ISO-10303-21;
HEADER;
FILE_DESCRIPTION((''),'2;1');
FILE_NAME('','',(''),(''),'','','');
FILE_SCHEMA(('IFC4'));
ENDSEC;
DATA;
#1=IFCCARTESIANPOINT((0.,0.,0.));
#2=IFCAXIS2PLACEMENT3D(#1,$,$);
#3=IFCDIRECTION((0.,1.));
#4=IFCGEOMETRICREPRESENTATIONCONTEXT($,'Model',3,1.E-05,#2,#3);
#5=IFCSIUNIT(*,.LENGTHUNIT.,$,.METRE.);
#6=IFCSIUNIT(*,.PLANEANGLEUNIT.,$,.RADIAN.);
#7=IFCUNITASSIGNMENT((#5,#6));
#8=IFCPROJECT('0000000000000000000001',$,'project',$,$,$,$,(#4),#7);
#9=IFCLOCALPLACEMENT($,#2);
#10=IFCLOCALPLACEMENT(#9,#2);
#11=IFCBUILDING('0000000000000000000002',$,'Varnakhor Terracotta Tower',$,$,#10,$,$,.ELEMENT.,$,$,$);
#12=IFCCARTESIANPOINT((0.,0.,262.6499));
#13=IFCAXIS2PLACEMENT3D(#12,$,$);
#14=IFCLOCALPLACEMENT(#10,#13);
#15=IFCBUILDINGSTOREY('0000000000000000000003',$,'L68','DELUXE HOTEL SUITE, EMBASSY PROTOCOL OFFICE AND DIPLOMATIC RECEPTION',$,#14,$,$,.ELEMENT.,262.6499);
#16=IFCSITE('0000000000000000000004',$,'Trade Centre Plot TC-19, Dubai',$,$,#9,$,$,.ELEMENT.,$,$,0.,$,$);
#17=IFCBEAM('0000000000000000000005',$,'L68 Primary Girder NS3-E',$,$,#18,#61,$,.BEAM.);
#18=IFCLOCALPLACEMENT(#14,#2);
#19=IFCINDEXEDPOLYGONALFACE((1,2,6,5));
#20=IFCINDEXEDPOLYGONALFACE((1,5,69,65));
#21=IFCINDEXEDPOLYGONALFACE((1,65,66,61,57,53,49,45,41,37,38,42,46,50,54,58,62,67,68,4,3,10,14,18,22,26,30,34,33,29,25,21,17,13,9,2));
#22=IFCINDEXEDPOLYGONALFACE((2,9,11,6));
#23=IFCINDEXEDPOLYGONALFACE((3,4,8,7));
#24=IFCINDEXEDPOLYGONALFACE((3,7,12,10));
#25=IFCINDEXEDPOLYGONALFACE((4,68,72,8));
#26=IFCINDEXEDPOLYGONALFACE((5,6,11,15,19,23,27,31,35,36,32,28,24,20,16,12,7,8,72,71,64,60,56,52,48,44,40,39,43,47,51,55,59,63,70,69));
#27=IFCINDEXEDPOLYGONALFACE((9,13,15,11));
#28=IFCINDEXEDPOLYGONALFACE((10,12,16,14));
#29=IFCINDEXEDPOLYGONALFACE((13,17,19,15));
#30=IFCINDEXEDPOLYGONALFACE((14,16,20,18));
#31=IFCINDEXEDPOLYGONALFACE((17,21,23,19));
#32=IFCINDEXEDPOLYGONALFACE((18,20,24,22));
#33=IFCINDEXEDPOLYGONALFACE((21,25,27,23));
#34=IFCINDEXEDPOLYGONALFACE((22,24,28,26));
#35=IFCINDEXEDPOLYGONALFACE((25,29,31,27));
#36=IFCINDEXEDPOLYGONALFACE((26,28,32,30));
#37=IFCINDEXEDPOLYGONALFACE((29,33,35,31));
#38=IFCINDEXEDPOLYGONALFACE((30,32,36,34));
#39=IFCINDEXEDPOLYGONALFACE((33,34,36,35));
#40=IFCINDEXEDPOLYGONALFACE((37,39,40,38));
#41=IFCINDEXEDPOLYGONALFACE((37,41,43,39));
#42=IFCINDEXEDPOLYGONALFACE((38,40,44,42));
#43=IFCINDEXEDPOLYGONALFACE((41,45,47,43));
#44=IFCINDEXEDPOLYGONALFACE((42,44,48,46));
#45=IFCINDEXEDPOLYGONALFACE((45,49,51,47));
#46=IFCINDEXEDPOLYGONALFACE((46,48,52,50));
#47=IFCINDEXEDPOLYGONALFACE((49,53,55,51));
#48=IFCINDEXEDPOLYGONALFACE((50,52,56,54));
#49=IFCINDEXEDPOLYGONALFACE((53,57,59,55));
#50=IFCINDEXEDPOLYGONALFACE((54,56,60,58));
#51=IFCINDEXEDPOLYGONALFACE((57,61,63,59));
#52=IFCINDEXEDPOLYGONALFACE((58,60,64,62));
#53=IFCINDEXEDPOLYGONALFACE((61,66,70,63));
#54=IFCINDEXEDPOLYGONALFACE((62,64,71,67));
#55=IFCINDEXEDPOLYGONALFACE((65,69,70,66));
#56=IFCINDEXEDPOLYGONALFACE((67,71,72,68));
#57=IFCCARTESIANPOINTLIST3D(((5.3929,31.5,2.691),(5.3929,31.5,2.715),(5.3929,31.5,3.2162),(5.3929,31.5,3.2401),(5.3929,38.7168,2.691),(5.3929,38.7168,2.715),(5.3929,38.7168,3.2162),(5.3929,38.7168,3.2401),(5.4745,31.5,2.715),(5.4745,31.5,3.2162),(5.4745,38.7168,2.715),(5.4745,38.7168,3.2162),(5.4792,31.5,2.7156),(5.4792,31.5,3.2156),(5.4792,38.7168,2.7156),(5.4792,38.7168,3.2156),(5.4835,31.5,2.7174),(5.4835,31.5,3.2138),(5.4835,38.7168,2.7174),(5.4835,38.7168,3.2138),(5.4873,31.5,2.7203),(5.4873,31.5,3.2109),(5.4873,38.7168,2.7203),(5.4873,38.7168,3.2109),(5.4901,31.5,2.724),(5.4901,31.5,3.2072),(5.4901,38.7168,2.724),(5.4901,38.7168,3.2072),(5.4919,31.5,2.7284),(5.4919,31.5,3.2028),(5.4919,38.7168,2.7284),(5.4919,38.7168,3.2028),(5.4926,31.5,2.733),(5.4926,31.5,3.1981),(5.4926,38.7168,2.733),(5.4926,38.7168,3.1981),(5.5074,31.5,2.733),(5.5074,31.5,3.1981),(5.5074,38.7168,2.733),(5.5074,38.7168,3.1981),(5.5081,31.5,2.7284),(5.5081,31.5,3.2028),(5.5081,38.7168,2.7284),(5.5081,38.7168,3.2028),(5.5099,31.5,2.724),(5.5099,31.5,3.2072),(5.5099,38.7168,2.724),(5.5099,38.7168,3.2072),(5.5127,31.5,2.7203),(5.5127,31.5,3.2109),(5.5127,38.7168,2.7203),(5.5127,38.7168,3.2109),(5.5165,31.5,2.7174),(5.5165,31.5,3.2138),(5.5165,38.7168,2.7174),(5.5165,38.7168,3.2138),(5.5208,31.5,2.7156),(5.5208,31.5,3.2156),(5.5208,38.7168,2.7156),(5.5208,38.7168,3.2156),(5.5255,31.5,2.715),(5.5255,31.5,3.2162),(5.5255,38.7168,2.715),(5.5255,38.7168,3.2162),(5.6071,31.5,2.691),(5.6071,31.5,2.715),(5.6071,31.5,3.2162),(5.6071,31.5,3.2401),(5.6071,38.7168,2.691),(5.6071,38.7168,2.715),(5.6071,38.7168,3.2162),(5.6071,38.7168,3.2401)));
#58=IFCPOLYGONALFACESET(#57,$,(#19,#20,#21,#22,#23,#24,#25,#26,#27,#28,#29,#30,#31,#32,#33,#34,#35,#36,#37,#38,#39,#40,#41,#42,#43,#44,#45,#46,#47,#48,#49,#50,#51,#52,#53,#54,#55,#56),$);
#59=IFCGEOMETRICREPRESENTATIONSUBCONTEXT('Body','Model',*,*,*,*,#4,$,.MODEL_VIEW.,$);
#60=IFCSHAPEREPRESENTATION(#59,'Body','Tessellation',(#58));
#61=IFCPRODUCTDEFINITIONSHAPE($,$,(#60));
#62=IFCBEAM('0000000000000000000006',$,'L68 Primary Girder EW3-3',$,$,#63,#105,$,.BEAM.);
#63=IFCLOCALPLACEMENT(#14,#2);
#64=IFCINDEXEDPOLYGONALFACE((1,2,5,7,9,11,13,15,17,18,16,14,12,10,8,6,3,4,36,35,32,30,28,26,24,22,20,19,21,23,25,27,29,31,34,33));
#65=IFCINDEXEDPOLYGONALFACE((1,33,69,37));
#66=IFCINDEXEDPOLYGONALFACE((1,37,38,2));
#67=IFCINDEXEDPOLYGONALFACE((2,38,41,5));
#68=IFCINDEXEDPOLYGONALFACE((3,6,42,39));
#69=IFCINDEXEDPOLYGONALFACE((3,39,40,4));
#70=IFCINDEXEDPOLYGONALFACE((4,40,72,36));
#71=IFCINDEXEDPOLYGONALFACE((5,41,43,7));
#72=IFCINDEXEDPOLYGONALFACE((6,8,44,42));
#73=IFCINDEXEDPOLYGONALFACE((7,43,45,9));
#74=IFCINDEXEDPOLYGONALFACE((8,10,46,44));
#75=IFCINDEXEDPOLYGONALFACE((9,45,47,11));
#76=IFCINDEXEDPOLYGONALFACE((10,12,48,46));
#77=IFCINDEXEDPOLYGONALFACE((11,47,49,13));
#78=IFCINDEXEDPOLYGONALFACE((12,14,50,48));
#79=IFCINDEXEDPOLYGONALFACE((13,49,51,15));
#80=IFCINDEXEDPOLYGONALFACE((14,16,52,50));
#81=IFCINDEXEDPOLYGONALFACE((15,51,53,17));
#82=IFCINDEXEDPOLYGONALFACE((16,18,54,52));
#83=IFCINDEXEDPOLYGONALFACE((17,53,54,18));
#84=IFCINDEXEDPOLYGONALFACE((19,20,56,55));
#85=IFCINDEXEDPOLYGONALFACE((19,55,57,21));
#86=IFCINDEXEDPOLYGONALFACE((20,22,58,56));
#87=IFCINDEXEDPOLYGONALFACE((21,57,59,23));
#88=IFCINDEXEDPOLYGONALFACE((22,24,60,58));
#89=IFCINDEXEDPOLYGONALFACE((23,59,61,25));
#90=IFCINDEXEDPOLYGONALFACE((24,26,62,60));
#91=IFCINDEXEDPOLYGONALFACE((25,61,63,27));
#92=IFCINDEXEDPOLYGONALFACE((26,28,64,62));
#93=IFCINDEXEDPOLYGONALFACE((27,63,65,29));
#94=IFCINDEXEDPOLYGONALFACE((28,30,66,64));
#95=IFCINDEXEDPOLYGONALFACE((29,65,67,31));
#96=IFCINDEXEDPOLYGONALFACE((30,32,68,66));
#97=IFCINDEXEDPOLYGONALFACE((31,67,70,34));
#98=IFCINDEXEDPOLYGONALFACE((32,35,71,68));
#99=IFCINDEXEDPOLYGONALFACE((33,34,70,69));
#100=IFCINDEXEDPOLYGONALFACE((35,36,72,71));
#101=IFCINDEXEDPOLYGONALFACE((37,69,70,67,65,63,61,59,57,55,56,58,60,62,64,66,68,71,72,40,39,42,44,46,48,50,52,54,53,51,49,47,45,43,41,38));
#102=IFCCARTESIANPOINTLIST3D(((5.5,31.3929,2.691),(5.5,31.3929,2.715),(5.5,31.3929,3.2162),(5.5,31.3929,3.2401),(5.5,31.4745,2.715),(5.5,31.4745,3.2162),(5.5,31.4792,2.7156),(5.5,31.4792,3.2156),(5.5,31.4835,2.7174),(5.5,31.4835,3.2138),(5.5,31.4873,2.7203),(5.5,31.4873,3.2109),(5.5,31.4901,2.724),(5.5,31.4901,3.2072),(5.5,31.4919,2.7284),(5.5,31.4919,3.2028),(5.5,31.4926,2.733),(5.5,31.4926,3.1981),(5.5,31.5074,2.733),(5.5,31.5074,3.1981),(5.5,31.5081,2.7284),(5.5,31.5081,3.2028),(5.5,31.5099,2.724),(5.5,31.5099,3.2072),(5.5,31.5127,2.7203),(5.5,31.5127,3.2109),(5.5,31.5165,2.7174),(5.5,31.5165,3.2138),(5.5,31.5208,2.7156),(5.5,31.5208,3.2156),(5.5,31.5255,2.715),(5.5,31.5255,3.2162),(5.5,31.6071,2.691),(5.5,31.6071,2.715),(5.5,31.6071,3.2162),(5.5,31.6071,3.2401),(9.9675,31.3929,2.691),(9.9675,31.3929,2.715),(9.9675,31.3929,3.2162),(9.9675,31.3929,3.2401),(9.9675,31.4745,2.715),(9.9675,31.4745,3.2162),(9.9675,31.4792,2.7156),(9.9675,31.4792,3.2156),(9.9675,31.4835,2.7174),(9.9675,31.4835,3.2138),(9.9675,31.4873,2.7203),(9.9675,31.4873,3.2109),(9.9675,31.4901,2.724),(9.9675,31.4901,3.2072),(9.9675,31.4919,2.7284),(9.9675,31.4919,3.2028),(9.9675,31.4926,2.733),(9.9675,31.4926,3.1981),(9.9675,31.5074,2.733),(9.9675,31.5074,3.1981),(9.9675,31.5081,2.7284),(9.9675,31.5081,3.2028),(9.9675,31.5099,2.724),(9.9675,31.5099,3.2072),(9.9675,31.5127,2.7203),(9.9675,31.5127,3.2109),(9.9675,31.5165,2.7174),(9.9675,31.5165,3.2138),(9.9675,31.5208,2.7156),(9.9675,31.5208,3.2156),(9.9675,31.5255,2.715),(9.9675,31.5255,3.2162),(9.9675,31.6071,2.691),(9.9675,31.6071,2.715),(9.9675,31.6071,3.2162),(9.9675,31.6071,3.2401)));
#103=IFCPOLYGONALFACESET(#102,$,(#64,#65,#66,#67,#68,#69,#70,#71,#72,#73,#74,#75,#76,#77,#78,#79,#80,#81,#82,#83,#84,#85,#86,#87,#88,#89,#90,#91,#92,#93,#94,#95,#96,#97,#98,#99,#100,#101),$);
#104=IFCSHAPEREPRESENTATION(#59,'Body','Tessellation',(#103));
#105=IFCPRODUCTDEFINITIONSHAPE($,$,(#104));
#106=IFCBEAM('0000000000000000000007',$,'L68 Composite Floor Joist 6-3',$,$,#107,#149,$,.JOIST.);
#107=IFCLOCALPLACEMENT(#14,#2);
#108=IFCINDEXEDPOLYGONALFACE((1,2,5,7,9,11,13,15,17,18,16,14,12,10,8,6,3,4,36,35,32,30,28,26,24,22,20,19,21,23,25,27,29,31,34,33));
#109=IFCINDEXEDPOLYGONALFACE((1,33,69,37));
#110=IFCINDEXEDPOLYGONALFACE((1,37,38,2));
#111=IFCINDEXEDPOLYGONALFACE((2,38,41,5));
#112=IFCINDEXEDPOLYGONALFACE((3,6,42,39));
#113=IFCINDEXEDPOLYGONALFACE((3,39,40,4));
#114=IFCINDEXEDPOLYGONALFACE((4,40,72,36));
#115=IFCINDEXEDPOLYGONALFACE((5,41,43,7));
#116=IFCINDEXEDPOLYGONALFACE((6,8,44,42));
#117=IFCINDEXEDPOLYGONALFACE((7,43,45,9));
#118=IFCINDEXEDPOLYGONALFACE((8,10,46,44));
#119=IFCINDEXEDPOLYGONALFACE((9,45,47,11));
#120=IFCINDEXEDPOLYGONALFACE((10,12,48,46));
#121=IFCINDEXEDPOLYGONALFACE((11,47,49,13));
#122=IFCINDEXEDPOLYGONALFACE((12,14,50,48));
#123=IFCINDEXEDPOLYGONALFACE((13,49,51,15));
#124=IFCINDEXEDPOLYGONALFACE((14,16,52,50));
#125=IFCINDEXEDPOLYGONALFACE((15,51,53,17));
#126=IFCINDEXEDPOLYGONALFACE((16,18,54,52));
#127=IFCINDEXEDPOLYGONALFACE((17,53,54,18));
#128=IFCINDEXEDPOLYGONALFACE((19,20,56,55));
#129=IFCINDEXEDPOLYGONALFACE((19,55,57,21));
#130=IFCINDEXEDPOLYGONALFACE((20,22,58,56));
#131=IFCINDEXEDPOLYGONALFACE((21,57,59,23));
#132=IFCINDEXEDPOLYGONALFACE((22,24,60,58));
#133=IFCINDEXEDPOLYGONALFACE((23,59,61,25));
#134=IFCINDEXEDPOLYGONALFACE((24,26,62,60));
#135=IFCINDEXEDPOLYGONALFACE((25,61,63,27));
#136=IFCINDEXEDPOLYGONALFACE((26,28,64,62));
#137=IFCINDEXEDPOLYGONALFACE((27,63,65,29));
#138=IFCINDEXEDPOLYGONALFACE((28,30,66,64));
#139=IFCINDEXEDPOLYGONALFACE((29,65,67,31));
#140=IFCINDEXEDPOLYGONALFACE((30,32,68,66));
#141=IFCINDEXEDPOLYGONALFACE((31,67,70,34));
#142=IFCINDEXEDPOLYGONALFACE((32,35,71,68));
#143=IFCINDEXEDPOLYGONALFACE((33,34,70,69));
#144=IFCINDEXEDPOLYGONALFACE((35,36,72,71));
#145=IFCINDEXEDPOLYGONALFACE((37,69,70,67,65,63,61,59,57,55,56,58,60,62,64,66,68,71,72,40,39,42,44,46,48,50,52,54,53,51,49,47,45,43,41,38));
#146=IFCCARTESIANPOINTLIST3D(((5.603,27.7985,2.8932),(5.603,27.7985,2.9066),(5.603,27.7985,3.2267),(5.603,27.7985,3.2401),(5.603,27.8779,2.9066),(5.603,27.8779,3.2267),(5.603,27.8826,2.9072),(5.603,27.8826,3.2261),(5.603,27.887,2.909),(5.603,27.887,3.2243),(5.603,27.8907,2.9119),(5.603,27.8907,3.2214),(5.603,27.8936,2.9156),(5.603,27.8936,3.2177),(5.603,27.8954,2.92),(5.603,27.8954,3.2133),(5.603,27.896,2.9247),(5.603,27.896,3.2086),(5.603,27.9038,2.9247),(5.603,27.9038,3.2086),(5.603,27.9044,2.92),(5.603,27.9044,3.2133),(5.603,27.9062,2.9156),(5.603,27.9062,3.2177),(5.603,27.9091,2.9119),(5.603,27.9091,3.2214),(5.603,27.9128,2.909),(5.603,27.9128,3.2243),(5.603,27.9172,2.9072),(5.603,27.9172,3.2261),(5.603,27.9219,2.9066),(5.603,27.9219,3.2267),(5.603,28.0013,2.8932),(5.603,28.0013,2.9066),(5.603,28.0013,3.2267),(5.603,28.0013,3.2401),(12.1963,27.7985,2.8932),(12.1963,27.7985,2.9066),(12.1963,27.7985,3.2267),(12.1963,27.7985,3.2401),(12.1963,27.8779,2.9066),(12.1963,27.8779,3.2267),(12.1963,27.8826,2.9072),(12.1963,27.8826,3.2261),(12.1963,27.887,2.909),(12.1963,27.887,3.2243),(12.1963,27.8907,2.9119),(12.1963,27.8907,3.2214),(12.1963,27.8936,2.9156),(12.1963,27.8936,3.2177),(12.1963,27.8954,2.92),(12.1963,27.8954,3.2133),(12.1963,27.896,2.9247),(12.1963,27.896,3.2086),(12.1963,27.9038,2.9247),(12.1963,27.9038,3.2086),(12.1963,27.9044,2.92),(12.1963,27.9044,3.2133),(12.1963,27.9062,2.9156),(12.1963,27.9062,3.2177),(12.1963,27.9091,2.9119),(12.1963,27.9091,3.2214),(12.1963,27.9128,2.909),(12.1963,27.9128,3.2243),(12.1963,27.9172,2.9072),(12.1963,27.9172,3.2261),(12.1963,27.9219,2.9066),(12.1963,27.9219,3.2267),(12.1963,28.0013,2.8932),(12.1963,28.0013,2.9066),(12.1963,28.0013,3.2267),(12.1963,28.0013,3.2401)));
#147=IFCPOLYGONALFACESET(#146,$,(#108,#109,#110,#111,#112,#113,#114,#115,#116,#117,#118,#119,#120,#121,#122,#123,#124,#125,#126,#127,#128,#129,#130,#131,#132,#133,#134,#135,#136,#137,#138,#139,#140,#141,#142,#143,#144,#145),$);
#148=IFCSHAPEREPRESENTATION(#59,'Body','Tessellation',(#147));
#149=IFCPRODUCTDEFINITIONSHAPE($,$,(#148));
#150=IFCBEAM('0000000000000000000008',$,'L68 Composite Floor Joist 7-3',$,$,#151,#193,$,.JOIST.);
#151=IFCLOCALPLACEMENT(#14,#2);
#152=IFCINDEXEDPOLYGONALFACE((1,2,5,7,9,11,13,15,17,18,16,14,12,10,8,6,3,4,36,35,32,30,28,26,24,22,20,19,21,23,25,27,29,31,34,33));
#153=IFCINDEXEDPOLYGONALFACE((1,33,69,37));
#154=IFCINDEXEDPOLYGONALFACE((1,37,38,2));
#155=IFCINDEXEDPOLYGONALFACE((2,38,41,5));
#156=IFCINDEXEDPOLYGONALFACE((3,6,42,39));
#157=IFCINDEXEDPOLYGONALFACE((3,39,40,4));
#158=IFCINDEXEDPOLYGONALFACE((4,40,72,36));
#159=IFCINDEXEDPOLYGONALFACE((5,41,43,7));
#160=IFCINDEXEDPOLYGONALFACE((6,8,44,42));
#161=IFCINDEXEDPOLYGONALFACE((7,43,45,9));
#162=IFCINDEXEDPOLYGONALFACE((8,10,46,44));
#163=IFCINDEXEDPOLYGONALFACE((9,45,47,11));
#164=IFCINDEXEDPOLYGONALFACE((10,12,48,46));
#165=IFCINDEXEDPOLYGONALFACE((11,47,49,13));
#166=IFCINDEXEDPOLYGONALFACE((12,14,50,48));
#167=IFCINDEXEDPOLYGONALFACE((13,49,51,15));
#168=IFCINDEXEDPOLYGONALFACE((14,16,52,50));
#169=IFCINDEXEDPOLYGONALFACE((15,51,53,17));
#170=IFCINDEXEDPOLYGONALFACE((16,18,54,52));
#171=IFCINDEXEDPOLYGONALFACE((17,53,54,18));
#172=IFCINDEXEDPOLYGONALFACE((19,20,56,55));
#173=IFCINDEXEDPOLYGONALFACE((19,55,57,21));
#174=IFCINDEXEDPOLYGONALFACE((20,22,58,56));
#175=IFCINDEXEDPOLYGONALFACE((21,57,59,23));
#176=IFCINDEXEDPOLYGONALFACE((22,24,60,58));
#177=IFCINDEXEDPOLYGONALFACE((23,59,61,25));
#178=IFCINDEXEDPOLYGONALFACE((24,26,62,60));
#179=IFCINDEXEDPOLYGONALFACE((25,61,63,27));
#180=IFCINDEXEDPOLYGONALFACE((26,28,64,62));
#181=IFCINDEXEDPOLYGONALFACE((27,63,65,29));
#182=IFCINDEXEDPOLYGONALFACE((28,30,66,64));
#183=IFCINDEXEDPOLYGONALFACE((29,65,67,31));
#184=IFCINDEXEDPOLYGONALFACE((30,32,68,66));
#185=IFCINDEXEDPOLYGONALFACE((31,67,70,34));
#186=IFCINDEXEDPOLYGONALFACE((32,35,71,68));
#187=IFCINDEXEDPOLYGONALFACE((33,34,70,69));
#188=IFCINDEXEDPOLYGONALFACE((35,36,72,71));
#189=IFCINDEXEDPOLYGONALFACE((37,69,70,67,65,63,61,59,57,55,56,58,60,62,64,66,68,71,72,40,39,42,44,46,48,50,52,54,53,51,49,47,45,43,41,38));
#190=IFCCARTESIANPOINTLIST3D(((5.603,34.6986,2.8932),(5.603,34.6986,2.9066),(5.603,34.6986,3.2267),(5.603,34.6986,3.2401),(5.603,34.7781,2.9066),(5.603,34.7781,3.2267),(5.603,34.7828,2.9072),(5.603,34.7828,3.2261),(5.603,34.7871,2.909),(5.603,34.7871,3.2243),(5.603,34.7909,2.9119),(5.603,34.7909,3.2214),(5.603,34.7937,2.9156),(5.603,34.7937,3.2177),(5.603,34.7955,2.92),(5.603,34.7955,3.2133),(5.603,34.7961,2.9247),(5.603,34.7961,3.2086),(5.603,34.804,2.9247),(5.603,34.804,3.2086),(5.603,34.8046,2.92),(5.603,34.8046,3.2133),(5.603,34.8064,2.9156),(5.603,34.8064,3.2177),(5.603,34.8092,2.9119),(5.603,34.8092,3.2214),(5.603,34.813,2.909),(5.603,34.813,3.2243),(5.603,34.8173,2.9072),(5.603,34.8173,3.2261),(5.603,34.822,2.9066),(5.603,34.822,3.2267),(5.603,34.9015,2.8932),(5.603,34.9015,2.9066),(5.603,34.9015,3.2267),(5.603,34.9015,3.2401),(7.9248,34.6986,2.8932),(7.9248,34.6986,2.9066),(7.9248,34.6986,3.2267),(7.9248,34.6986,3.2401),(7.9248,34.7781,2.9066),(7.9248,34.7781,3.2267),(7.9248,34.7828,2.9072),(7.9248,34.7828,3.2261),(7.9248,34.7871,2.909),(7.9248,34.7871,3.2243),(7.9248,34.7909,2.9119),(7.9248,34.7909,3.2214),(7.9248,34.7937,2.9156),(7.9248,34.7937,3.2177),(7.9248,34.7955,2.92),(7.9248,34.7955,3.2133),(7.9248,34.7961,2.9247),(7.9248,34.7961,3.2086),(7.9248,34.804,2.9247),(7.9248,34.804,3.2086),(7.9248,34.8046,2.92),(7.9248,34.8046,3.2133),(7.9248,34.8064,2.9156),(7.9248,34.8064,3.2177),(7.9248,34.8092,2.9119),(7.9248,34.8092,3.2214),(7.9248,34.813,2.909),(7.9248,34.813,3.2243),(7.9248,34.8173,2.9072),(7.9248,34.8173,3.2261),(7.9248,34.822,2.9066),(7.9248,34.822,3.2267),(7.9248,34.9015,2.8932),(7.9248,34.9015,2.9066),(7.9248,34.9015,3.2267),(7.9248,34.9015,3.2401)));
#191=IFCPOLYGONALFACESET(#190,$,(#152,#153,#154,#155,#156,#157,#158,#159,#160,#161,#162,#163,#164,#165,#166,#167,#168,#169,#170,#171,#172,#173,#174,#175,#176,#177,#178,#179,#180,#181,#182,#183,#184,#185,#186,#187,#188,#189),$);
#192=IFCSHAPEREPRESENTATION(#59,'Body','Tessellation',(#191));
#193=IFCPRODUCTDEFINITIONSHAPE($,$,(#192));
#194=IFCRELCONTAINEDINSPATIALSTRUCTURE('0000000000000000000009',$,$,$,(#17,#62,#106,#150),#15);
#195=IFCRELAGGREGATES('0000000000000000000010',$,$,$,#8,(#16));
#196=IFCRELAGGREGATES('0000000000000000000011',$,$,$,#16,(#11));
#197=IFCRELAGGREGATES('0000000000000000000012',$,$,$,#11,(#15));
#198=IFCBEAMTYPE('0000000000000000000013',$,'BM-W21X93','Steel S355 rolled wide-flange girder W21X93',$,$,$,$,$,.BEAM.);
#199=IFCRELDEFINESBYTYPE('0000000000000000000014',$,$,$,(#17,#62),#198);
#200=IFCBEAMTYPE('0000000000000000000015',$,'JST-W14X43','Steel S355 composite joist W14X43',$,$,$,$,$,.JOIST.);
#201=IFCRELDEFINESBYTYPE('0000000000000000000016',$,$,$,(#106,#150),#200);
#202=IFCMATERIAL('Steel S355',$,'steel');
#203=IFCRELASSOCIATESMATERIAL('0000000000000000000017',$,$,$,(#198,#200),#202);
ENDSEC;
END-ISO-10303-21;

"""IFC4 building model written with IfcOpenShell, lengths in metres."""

from ifc_helpers import new_model, si_unit, direction, frame, origin, origin_2d, place, context, subcontext, project, spatial, i_section, extrude, source, transform, mapped, material, material_profile, profile_set, type_object, element, save


model = new_model("IFC4")

# Units and contexts
model_context = context("Model", 3, precision=1e-05, world=origin(), true_north=direction((0.0, 1.0)))
body_context = subcontext(model_context, "Body", "Model", "MODEL_VIEW")
ifc_project = project(units=[si_unit("LENGTHUNIT", "METRE"), si_unit("PLANEANGLEUNIT", "RADIAN")], contexts=[model_context])

# Site, building, storey
site_placement = place(None, origin())
site = spatial("IfcSite", under=ifc_project, at=site_placement, Name="Trade Centre Plot TC-19, Dubai", CompositionType="ELEMENT", RefElevation=0.0)
building_placement = place(site_placement, origin())
building = spatial("IfcBuilding", under=site, at=building_placement, Name="Varnakhor Terracotta Tower", CompositionType="ELEMENT")
storey_placement = place(building_placement, frame((0.0, 0.0, 262.6499)))
storey = spatial("IfcBuildingStorey", under=building, at=storey_placement, Name="L68", Description="DELUXE HOTEL SUITE, EMBASSY PROTOCOL OFFICE AND DIPLOMATIC RECEPTION", CompositionType="ELEMENT", Elevation=262.6499)

# Shared definitions
ifc_material_1 = material(Name="Steel S355", Category="steel")

# Beams
ifc_material_profile_1 = material_profile(ifc_material_1, i_section(OverallWidth=0.2141, OverallDepth=0.5491, WebThickness=0.0149, FlangeThickness=0.0239, FilletRadius=0.0181, at=origin_2d()), Name="W21X93")
ifc_profile_set_1 = profile_set([ifc_material_profile_1], Name="Steel S355")
beam_type_1 = type_object("IfcBeamType", Name="BM-W21X93", Description="Steel S355 rolled wide-flange girder W21X93", PredefinedType="BEAM", material=ifc_profile_set_1)
shared_shape_1 = source(origin(), body_context, "Body", "SweptSolid", [
    extrude(i_section(OverallWidth=0.2141, OverallDepth=0.5491, WebThickness=0.0149, FlangeThickness=0.0239, FilletRadius=0.0181, at=origin_2d()), origin(), (0.0, 0.0, 1.0), 7.2168),
])
beam_1_placement = place(storey_placement, frame((5.5, 31.5, 2.9656), z_axis=(0.0, 1.0, 0.0), x_axis=(-1.0, 0.0, 0.0)))
element("IfcBeam", 1, at=beam_1_placement, inside=storey, type_object=beam_type_1, Name="L68 Primary Girder NS3-E", PredefinedType="BEAM", context=body_context, shape_type="MappedRepresentation", body=[
    mapped(shared_shape_1, transform((0.0, 0.0, 0.0), scale=1.0)),
])
shared_shape_2 = source(origin(), body_context, "Body", "SweptSolid", [
    extrude(i_section(OverallWidth=0.2141, OverallDepth=0.5491, WebThickness=0.0149, FlangeThickness=0.0239, FilletRadius=0.0181, at=origin_2d()), origin(), (0.0, 0.0, 1.0), 4.4675),
])
beam_2_placement = place(storey_placement, frame((5.5, 31.5, 2.9656), z_axis=(1.0, 0.0, 0.0), x_axis=(0.0, 1.0, 0.0)))
element("IfcBeam", 2, at=beam_2_placement, inside=storey, type_object=beam_type_1, Name="L68 Primary Girder EW3-3", PredefinedType="BEAM", context=body_context, shape_type="MappedRepresentation", body=[
    mapped(shared_shape_2, transform((0.0, 0.0, 0.0), scale=1.0)),
])
ifc_material_profile_2 = material_profile(ifc_material_1, i_section(OverallWidth=0.2029, OverallDepth=0.3469, WebThickness=0.0078, FlangeThickness=0.0134, FilletRadius=0.0181, at=origin_2d()), Name="W14X43")
ifc_profile_set_2 = profile_set([ifc_material_profile_2], Name="Steel S355")
beam_type_2 = type_object("IfcBeamType", Name="JST-W14X43", Description="Steel S355 composite joist W14X43", PredefinedType="JOIST", material=ifc_profile_set_2)
shared_shape_3 = source(origin(), body_context, "Body", "SweptSolid", [
    extrude(i_section(OverallWidth=0.2029, OverallDepth=0.3469, WebThickness=0.0078, FlangeThickness=0.0134, FilletRadius=0.0181, at=origin_2d()), origin(), (0.0, 0.0, 1.0), 6.5933),
])
beam_3_placement = place(storey_placement, frame((5.603, 27.8999, 3.0667), z_axis=(1.0, 0.0, 0.0), x_axis=(0.0, 1.0, 0.0)))
element("IfcBeam", 3, at=beam_3_placement, inside=storey, type_object=beam_type_2, Name="L68 Composite Floor Joist 6-3", PredefinedType="JOIST", context=body_context, shape_type="MappedRepresentation", body=[
    mapped(shared_shape_3, transform((0.0, 0.0, 0.0), scale=1.0)),
])
shared_shape_4 = source(origin(), body_context, "Body", "SweptSolid", [
    extrude(i_section(OverallWidth=0.2029, OverallDepth=0.3469, WebThickness=0.0078, FlangeThickness=0.0134, FilletRadius=0.0181, at=origin_2d()), origin(), (0.0, 0.0, 1.0), 2.3218),
])
beam_4_placement = place(storey_placement, frame((5.603, 34.8, 3.0667), z_axis=(1.0, 0.0, 0.0), x_axis=(0.0, 1.0, 0.0)))
element("IfcBeam", 4, at=beam_4_placement, inside=storey, type_object=beam_type_2, Name="L68 Composite Floor Joist 7-3", PredefinedType="JOIST", context=body_context, shape_type="MappedRepresentation", body=[
    mapped(shared_shape_4, transform((0.0, 0.0, 0.0), scale=1.0)),
])

save(model, "model.ifc")
